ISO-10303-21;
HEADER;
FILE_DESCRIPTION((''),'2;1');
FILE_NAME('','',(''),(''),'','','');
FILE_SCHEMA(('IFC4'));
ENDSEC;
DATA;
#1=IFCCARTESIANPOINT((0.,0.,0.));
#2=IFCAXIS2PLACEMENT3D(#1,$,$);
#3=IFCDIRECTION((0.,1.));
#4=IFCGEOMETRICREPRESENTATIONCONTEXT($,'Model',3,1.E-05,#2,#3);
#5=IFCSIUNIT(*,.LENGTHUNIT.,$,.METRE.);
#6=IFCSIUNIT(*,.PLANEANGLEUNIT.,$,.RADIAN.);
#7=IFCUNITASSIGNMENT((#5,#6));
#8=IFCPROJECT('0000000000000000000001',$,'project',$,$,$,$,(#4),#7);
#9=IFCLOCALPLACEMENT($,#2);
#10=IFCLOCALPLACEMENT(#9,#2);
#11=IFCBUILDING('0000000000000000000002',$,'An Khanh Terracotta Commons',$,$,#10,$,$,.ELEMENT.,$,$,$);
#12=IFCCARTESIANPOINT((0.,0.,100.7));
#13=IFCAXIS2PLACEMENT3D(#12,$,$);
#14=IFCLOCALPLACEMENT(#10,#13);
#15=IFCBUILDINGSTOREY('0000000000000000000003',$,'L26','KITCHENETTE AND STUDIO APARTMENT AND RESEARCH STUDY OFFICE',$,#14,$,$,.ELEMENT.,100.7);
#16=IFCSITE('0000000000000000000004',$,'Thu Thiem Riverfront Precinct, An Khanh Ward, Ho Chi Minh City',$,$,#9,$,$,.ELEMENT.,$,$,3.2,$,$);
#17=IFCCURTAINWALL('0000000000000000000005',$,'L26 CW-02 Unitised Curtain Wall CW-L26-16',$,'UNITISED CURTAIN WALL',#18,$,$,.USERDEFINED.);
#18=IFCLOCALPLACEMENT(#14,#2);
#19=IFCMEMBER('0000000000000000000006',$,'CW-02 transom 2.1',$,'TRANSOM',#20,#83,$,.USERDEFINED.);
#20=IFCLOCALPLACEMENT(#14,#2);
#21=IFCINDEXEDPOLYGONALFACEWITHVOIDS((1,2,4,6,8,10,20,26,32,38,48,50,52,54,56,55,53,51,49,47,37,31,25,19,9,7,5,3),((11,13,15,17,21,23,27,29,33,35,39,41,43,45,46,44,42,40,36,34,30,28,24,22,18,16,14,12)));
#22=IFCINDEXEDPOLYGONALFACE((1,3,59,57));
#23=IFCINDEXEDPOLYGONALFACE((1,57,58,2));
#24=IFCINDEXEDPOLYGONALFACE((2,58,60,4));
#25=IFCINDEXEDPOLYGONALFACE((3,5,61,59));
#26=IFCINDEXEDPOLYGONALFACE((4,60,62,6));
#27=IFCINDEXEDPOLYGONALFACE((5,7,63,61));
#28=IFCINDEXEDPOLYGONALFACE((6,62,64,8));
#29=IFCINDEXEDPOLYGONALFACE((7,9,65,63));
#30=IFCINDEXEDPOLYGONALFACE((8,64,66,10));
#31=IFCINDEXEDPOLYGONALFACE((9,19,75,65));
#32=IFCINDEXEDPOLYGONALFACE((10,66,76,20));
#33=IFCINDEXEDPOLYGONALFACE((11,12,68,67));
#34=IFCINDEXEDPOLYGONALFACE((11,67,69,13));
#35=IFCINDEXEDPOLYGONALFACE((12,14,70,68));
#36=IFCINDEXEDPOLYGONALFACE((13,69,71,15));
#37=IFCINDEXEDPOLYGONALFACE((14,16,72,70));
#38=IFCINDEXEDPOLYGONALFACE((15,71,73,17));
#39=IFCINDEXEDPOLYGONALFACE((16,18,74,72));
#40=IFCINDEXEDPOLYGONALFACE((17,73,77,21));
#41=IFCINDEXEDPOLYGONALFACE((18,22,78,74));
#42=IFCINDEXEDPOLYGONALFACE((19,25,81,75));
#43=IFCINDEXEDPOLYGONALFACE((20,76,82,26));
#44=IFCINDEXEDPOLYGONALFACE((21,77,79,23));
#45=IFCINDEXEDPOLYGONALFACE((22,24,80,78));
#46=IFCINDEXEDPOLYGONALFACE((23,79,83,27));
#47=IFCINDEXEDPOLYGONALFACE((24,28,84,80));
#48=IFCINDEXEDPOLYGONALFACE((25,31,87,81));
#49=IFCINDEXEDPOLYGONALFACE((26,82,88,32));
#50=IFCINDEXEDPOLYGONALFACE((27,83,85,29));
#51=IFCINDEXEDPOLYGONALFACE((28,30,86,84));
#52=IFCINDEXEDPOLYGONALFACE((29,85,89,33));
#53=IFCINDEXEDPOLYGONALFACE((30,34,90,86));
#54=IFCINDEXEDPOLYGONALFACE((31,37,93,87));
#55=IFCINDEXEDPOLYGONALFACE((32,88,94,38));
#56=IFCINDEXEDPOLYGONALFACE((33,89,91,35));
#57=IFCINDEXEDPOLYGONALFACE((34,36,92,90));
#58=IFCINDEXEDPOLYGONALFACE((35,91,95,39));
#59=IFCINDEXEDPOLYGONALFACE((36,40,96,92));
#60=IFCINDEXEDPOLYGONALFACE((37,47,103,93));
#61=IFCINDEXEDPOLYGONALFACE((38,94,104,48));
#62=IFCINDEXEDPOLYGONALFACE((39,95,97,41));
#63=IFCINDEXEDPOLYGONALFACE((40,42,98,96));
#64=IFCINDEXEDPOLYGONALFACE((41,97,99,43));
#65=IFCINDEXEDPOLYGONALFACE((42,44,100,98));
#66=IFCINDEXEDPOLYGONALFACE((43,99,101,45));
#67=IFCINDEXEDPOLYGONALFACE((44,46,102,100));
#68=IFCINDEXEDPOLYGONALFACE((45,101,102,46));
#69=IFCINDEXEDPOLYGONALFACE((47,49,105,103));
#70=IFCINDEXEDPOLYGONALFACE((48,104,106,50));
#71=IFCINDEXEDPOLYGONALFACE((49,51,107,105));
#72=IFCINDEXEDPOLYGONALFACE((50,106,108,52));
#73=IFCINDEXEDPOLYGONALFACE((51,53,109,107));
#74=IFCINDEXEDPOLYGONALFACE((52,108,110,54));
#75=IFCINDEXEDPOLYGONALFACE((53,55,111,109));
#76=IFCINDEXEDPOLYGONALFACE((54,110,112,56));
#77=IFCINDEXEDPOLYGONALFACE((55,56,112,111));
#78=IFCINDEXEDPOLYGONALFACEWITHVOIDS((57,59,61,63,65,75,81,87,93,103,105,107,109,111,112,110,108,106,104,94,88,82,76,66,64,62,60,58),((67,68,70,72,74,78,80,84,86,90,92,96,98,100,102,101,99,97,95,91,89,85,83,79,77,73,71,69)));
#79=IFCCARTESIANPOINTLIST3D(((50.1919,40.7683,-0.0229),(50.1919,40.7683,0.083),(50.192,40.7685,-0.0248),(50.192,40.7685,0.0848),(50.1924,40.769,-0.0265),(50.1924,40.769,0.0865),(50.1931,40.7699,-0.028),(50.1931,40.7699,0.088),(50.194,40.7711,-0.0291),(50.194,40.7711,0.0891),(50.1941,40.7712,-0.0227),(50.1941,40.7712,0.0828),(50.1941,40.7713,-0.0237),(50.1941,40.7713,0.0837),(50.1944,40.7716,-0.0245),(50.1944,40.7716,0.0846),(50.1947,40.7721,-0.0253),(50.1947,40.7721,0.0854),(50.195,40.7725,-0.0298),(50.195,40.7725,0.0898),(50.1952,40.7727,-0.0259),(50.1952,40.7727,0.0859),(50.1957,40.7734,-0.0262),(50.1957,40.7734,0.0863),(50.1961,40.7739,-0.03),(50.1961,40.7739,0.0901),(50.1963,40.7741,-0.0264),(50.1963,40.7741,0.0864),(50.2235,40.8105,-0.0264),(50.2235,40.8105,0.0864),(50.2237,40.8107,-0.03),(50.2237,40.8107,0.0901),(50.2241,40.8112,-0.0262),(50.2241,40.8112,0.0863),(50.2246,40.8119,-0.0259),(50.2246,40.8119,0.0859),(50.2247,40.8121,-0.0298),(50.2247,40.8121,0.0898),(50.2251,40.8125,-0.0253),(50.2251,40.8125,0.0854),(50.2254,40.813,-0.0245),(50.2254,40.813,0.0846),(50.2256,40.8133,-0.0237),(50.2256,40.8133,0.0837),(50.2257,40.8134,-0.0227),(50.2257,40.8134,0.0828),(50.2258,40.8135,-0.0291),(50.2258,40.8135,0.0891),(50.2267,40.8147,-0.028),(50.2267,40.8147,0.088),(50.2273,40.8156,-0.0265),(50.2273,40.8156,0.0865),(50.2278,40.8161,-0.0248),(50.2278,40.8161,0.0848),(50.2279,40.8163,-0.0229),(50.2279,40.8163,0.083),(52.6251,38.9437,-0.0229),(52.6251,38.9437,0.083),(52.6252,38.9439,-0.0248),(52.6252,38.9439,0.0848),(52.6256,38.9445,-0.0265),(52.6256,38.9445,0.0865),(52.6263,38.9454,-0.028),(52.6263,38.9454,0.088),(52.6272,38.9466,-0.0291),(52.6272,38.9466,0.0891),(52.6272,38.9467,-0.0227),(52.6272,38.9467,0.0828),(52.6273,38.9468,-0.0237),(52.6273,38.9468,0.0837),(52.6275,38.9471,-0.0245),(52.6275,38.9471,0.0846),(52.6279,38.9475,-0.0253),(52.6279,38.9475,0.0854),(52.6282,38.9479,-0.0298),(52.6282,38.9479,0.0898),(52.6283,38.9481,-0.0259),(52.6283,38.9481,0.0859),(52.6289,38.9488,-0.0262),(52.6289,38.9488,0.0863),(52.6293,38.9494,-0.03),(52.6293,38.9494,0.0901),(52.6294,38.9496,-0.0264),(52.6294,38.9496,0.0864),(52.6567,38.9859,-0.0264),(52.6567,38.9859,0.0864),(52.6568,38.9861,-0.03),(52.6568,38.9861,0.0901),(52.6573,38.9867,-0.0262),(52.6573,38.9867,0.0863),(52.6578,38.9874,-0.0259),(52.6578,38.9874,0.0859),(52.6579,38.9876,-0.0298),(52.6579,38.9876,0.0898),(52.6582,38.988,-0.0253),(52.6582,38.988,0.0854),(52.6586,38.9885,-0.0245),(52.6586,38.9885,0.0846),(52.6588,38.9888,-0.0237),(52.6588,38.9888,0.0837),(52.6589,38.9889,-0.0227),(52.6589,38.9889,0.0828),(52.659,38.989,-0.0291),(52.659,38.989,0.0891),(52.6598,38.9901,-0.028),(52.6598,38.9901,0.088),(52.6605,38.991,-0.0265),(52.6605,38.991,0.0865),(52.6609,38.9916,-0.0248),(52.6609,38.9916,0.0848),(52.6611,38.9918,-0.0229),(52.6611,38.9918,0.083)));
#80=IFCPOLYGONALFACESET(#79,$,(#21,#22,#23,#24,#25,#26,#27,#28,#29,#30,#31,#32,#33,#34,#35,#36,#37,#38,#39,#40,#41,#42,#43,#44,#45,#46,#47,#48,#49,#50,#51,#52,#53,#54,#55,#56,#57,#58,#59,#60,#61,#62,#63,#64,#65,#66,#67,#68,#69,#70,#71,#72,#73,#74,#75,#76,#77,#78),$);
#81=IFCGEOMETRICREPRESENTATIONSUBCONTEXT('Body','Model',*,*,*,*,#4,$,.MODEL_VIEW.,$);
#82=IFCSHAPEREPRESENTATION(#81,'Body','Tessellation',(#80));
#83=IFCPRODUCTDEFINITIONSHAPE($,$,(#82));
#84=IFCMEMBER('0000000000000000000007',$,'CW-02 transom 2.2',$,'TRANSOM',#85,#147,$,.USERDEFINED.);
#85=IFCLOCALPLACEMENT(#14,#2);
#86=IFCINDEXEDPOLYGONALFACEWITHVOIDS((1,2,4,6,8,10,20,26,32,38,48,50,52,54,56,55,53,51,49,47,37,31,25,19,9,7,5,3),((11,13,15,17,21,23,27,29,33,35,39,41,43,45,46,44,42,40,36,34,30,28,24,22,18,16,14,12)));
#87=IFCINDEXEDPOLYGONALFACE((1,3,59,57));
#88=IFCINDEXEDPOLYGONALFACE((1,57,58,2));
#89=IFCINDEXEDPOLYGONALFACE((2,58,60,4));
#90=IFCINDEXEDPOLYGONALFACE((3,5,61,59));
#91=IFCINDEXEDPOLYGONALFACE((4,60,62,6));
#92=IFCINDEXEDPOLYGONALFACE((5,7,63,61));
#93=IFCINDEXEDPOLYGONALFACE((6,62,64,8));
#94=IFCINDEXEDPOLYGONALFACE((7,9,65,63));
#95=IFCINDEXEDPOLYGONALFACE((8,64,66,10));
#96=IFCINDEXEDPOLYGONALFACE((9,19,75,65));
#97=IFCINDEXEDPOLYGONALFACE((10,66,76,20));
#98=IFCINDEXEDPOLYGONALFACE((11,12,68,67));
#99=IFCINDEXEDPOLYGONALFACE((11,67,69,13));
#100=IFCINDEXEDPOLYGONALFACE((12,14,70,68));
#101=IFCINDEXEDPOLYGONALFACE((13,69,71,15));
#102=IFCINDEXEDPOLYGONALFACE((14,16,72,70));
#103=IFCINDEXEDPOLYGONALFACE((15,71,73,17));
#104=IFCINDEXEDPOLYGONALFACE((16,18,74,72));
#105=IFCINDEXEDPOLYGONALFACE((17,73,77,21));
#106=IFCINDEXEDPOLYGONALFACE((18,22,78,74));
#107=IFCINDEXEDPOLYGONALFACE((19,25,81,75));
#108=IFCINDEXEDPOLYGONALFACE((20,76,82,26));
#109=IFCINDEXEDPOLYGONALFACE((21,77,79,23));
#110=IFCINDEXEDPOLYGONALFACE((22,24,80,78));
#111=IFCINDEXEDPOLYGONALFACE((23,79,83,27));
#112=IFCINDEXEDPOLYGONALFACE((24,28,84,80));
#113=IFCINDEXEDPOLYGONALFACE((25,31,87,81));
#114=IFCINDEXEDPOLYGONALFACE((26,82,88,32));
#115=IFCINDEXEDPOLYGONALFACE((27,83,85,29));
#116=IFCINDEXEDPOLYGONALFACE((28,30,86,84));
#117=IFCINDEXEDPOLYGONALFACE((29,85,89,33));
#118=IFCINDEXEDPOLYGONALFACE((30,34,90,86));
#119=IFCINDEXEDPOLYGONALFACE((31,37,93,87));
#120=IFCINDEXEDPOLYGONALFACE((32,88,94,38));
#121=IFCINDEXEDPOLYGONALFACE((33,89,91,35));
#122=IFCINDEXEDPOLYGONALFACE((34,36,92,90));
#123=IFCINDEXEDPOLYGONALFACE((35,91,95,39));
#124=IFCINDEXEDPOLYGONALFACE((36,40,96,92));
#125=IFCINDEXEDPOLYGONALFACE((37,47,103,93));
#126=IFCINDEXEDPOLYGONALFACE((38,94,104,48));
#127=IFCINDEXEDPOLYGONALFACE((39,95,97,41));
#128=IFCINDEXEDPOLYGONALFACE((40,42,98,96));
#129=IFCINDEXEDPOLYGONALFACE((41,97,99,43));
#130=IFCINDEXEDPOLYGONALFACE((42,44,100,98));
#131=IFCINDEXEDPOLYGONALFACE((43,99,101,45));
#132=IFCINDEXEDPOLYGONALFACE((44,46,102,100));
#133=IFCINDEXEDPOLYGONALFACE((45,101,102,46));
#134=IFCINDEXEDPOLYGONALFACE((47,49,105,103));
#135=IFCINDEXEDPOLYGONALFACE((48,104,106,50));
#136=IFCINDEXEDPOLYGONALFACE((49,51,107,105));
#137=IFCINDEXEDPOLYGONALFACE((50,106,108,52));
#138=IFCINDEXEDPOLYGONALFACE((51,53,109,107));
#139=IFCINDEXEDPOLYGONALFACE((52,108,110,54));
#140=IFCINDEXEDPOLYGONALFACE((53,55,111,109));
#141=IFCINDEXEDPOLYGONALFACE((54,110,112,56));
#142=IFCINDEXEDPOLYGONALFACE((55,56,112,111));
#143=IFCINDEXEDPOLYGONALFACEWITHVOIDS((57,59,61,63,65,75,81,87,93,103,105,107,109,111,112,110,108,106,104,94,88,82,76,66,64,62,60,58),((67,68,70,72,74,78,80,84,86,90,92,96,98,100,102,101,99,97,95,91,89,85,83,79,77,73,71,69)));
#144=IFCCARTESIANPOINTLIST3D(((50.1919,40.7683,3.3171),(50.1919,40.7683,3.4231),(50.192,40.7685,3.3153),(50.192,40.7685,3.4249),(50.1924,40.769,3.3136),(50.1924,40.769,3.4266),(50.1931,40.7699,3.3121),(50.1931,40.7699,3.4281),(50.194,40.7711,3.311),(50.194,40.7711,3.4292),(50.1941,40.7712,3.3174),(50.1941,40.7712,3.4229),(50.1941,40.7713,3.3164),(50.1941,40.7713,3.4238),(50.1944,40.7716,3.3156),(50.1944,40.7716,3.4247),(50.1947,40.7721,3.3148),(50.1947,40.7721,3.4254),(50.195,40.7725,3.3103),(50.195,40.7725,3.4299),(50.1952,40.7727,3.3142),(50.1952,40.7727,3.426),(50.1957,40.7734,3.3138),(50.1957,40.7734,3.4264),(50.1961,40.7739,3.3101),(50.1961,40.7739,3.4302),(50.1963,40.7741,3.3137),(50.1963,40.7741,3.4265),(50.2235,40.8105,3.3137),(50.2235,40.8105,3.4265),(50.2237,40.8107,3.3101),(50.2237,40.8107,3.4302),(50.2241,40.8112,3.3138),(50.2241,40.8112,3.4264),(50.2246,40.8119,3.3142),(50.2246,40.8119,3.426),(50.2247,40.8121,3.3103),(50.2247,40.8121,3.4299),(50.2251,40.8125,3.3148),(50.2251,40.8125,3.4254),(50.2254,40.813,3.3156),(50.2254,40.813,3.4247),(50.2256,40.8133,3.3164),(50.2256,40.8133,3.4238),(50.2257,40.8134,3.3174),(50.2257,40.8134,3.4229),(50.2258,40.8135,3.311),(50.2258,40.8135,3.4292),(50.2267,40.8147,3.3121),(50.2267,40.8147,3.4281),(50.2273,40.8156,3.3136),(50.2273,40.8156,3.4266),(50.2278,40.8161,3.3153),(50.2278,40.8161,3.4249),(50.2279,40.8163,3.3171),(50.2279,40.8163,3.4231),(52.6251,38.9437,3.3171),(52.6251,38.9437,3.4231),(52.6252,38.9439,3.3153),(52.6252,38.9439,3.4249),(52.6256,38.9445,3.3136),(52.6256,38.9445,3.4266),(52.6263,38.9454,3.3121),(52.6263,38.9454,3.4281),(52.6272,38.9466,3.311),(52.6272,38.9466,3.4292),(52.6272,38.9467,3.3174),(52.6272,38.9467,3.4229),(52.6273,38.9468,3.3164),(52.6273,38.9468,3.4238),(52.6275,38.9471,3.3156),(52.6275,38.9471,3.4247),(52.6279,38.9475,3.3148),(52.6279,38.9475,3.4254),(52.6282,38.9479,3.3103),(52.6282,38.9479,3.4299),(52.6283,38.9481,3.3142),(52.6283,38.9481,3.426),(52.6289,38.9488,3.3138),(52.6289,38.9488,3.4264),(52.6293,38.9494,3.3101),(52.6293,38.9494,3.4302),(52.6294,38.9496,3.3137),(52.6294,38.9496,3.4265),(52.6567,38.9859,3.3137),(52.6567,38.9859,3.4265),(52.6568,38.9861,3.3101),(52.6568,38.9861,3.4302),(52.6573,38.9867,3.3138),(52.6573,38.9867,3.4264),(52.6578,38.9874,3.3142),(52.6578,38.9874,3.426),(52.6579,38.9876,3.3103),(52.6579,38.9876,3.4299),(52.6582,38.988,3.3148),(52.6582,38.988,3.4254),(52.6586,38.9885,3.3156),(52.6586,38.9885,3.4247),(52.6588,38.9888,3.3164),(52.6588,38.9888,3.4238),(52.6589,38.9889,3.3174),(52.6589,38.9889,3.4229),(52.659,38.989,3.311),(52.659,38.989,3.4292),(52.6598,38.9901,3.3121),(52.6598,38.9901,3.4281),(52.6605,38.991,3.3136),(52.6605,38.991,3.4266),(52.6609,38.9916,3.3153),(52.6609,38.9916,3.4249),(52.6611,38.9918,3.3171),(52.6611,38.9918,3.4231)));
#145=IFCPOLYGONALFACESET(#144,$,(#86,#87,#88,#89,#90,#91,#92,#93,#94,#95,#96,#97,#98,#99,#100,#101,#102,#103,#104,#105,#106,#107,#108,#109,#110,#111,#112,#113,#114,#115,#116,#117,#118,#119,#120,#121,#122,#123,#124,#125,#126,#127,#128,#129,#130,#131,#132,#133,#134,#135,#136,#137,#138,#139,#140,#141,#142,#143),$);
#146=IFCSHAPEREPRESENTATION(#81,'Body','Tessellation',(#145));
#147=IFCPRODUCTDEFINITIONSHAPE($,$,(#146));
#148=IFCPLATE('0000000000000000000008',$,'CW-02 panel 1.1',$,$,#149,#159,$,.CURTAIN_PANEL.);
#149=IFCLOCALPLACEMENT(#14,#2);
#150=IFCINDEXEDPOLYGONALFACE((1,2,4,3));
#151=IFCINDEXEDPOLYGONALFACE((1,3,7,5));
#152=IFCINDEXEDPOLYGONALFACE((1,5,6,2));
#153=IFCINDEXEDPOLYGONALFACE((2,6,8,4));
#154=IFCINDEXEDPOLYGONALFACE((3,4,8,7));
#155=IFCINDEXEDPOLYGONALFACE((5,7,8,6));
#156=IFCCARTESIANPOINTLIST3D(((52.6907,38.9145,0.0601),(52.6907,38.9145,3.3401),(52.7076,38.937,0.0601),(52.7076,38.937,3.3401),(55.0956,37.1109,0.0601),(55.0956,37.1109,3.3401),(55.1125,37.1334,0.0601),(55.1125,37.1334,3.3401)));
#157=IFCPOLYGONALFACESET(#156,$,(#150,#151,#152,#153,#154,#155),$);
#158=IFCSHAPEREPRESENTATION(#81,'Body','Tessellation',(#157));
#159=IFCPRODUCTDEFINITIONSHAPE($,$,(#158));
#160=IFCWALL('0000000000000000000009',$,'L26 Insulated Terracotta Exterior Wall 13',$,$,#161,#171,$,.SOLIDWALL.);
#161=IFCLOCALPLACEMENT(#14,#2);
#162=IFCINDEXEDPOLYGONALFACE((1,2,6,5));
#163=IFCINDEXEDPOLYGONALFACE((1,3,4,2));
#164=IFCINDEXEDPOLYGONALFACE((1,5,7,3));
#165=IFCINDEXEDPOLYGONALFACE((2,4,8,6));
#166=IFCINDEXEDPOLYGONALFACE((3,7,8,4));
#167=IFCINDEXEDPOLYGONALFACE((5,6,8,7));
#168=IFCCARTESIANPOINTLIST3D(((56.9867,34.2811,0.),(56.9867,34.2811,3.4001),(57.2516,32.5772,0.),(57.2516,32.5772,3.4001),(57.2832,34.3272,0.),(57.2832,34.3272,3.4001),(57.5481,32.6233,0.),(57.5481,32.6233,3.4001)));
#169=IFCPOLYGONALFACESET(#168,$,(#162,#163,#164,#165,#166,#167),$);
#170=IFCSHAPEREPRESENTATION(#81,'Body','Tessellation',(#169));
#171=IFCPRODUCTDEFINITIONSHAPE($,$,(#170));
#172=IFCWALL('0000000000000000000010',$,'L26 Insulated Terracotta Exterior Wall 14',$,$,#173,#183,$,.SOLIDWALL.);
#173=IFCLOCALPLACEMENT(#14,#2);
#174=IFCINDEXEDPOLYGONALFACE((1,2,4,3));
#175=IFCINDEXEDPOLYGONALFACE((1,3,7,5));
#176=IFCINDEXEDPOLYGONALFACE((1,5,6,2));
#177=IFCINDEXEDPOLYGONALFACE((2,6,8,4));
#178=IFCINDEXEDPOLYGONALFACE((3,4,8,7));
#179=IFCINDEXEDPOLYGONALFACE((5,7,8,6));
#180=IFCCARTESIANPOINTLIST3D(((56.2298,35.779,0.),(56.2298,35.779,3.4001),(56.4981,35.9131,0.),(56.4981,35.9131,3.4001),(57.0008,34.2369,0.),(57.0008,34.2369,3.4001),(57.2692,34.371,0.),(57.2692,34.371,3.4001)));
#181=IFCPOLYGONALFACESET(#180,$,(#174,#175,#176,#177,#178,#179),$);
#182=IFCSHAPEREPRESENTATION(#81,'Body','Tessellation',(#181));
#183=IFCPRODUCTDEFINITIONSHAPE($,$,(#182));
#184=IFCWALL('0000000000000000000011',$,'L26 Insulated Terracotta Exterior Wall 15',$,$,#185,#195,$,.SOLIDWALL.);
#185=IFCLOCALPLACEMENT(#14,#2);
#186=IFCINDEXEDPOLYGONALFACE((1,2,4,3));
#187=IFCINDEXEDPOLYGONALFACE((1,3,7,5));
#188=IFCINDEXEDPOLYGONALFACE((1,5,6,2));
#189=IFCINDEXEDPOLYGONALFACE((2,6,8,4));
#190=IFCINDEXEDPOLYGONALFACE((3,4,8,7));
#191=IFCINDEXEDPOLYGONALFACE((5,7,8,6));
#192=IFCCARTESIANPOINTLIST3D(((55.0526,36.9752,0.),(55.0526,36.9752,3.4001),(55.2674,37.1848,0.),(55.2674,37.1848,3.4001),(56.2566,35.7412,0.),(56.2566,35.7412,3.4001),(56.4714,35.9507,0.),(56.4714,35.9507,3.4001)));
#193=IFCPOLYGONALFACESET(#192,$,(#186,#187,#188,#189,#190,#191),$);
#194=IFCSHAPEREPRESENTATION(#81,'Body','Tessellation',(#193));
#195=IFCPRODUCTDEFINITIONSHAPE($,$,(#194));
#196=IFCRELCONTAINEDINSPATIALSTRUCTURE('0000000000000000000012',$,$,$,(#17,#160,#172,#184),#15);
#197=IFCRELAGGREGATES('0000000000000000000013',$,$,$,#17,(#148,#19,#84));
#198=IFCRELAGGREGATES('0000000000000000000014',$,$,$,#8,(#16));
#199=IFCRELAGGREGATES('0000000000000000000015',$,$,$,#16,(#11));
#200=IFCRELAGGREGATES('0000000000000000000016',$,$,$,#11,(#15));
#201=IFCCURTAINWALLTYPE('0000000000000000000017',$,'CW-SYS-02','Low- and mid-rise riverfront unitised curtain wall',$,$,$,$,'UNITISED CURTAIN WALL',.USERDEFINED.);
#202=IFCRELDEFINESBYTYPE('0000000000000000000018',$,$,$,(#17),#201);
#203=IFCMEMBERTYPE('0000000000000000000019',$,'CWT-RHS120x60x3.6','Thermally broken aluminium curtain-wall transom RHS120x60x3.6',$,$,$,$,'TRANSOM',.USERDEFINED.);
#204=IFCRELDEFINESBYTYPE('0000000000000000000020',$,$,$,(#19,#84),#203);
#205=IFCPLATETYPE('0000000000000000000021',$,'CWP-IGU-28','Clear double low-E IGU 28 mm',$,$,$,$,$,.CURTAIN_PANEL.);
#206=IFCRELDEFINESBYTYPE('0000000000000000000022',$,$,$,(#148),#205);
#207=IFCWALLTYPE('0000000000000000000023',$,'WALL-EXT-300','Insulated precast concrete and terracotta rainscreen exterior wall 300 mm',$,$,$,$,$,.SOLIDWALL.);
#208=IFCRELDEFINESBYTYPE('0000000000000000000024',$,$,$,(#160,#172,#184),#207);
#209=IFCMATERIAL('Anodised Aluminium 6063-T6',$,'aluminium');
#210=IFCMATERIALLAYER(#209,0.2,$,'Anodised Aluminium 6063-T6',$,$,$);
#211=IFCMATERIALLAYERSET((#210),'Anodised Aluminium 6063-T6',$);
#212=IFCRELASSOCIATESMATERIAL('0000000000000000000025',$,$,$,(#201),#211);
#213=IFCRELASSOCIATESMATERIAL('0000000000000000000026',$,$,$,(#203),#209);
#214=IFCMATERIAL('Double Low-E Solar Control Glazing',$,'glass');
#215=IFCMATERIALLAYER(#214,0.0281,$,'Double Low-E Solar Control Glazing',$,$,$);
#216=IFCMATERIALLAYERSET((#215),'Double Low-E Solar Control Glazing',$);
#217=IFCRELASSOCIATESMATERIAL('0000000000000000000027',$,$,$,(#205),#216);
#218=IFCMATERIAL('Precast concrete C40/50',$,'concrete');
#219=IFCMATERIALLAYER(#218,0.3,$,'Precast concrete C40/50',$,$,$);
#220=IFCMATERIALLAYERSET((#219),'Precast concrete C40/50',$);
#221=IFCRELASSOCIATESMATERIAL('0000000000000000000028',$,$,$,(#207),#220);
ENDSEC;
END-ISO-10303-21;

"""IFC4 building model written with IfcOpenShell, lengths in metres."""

from ifc_helpers import new_model, si_unit, direction, frame, frame_2d, origin, origin_2d, place, context, subcontext, project, spatial, rectangle, hollow_rectangle, extrude, material, layer, layer_set, material_profile, profile_set, type_object, element, aggregate, save


model = new_model("IFC4")

# Units and contexts
model_context = context("Model", 3, precision=1e-05, world=origin(), true_north=direction((0.0, 1.0)))
body_context = subcontext(model_context, "Body", "Model", "MODEL_VIEW")
ifc_project = project(units=[si_unit("LENGTHUNIT", "METRE"), si_unit("PLANEANGLEUNIT", "RADIAN")], contexts=[model_context])

# Site, building, storey
site_placement = place(None, origin())
site = spatial("IfcSite", under=ifc_project, at=site_placement, Name="Thu Thiem Riverfront Precinct, An Khanh Ward, Ho Chi Minh City", CompositionType="ELEMENT", RefElevation=3.2)
building_placement = place(site_placement, origin())
building = spatial("IfcBuilding", under=site, at=building_placement, Name="An Khanh Terracotta Commons", CompositionType="ELEMENT")
storey_placement = place(building_placement, frame((0.0, 0.0, 100.7)))
storey = spatial("IfcBuildingStorey", under=building, at=storey_placement, Name="L26", Description="KITCHENETTE AND STUDIO APARTMENT AND RESEARCH STUDY OFFICE", CompositionType="ELEMENT", Elevation=100.7)

# Shared definitions
ifc_material_1 = material(Name="Anodised Aluminium 6063-T6", Category="aluminium")
ifc_layer_1 = layer(ifc_material_1, 0.2, Name="Anodised Aluminium 6063-T6")
ifc_layer_set_1 = layer_set([ifc_layer_1], Name="Anodised Aluminium 6063-T6")
curtain_wall_type = type_object("IfcCurtainWallType", Name="CW-SYS-02", Description="Low- and mid-rise riverfront unitised curtain wall", ElementType="UNITISED CURTAIN WALL", PredefinedType="USERDEFINED", material=ifc_layer_set_1)

# Curtain wall, members, plate
curtain_wall_1_placement = place(storey_placement, origin())
curtain_wall_1 = element("IfcCurtainWall", 1, at=curtain_wall_1_placement, inside=storey, type_object=curtain_wall_type, Name="L26 CW-02 Unitised Curtain Wall CW-L26-16", ObjectType="UNITISED CURTAIN WALL", PredefinedType="USERDEFINED")
ifc_material_profile_1 = material_profile(ifc_material_1, hollow_rectangle(XDim=0.0601, YDim=0.1201, WallThickness=0.0037, InnerFilletRadius=0.0037, OuterFilletRadius=0.0071, at=origin_2d()), Name="RHS120x60x3.6")
ifc_profile_set_1 = profile_set([ifc_material_profile_1], Name="Anodised Aluminium 6063-T6")
member_type_1 = type_object("IfcMemberType", Name="CWT-RHS120x60x3.6", Description="Thermally broken aluminium curtain-wall transom RHS120x60x3.6", ElementType="TRANSOM", PredefinedType="USERDEFINED", material=ifc_profile_set_1)
member_1_placement = place(storey_placement, frame((52.6431, 38.9678, 0.03), z_axis=(-0.800058, 0.599923, 0.0), x_axis=(-0.599923, -0.800058, 0.0)))
member_1 = element("IfcMember", 2, at=member_1_placement, type_object=member_type_1, Name="CW-02 transom 2.1", ObjectType="TRANSOM", PredefinedType="USERDEFINED", context=body_context, shape_type="SweptSolid", body=[
    extrude(hollow_rectangle(XDim=0.0601, YDim=0.1201, WallThickness=0.0037, InnerFilletRadius=0.0037, OuterFilletRadius=0.0071, at=origin_2d()), origin(), (0.0, 0.0, 1.0), 3.0413),
])
member_2_placement = place(storey_placement, frame((52.6431, 38.9678, 3.3701), z_axis=(-0.800058, 0.599923, 0.0), x_axis=(-0.599923, -0.800058, 0.0)))
member_2 = element("IfcMember", 3, at=member_2_placement, type_object=member_type_1, Name="CW-02 transom 2.2", ObjectType="TRANSOM", PredefinedType="USERDEFINED", context=body_context, shape_type="SweptSolid", body=[
    extrude(hollow_rectangle(XDim=0.0601, YDim=0.1201, WallThickness=0.0037, InnerFilletRadius=0.0037, OuterFilletRadius=0.0071, at=origin_2d()), origin(), (0.0, 0.0, 1.0), 3.0413),
])
ifc_material_2 = material(Name="Double Low-E Solar Control Glazing", Category="glass")
ifc_layer_2 = layer(ifc_material_2, 0.0281, Name="Double Low-E Solar Control Glazing")
ifc_layer_set_2 = layer_set([ifc_layer_2], Name="Double Low-E Solar Control Glazing")
plate_type = type_object("IfcPlateType", Name="CWP-IGU-28", Description="Clear double low-E IGU 28 mm", PredefinedType="CURTAIN_PANEL", material=ifc_layer_set_2)
plate_placement = place(storey_placement, frame((53.9016, 38.0239, 0.0601), z_axis=(0.0, 0.0, 1.0), x_axis=(-0.800013, 0.599983, 0.0)))
plate = element("IfcPlate", 4, at=plate_placement, type_object=plate_type, Name="CW-02 panel 1.1", PredefinedType="CURTAIN_PANEL", context=body_context, shape_type="SweptSolid", body=[
    extrude(rectangle(XDim=3.0061, YDim=0.0281, at=origin_2d()), origin(), (0.0, 0.0, 1.0), 3.28),
])
aggregate(curtain_wall_1, [plate, member_1, member_2])

# Walls
ifc_material_3 = material(Name="Precast concrete C40/50", Category="concrete")
ifc_layer_3 = layer(ifc_material_3, 0.3, Name="Precast concrete C40/50")
ifc_layer_set_3 = layer_set([ifc_layer_3], Name="Precast concrete C40/50")
wall_type = type_object("IfcWallType", Name="WALL-EXT-300", Description="Insulated precast concrete and terracotta rainscreen exterior wall 300 mm", PredefinedType="SOLIDWALL", material=ifc_layer_set_3)
wall_placement = place(storey_placement, frame((57.3999, 32.6001, 0.0), z_axis=(0.0, 0.0, 1.0), x_axis=(-0.153621, 0.98813, 0.0)))
element("IfcWall", 5, at=wall_placement, inside=storey, type_object=wall_type, Name="L26 Insulated Terracotta Exterior Wall 13", PredefinedType="SOLIDWALL", context=body_context, shape_type="SweptSolid", body=[
    extrude(rectangle(XDim=1.7244, YDim=0.3, at=frame_2d((0.8623, 0.0))), origin(), (0.0, 0.0, 1.0), 3.4001),
])
for number, where, z_axis, x_axis, name in (
    (6, (57.135, 34.304, 0.0), (0.0, 0.0, 1.0), (-0.447214, 0.894427, 0.0), "L26 Insulated Terracotta Exterior Wall 14"),
    (7, (56.364, 35.8459, 0.0), (0.0, 0.0, 1.0), (-0.698345, 0.715761, 0.0), "L26 Insulated Terracotta Exterior Wall 15"),
):
    element("IfcWall", number, at=place(storey_placement, frame(where, z_axis=z_axis, x_axis=x_axis)), inside=storey, type_object=wall_type, Name=name, PredefinedType="SOLIDWALL", context=body_context, shape_type="SweptSolid", body=[
        extrude(rectangle(XDim=1.7241, YDim=0.3, at=frame_2d((0.8621, 0.0))), origin(), (0.0, 0.0, 1.0), 3.4001),
    ])

save(model, "model.ifc")
